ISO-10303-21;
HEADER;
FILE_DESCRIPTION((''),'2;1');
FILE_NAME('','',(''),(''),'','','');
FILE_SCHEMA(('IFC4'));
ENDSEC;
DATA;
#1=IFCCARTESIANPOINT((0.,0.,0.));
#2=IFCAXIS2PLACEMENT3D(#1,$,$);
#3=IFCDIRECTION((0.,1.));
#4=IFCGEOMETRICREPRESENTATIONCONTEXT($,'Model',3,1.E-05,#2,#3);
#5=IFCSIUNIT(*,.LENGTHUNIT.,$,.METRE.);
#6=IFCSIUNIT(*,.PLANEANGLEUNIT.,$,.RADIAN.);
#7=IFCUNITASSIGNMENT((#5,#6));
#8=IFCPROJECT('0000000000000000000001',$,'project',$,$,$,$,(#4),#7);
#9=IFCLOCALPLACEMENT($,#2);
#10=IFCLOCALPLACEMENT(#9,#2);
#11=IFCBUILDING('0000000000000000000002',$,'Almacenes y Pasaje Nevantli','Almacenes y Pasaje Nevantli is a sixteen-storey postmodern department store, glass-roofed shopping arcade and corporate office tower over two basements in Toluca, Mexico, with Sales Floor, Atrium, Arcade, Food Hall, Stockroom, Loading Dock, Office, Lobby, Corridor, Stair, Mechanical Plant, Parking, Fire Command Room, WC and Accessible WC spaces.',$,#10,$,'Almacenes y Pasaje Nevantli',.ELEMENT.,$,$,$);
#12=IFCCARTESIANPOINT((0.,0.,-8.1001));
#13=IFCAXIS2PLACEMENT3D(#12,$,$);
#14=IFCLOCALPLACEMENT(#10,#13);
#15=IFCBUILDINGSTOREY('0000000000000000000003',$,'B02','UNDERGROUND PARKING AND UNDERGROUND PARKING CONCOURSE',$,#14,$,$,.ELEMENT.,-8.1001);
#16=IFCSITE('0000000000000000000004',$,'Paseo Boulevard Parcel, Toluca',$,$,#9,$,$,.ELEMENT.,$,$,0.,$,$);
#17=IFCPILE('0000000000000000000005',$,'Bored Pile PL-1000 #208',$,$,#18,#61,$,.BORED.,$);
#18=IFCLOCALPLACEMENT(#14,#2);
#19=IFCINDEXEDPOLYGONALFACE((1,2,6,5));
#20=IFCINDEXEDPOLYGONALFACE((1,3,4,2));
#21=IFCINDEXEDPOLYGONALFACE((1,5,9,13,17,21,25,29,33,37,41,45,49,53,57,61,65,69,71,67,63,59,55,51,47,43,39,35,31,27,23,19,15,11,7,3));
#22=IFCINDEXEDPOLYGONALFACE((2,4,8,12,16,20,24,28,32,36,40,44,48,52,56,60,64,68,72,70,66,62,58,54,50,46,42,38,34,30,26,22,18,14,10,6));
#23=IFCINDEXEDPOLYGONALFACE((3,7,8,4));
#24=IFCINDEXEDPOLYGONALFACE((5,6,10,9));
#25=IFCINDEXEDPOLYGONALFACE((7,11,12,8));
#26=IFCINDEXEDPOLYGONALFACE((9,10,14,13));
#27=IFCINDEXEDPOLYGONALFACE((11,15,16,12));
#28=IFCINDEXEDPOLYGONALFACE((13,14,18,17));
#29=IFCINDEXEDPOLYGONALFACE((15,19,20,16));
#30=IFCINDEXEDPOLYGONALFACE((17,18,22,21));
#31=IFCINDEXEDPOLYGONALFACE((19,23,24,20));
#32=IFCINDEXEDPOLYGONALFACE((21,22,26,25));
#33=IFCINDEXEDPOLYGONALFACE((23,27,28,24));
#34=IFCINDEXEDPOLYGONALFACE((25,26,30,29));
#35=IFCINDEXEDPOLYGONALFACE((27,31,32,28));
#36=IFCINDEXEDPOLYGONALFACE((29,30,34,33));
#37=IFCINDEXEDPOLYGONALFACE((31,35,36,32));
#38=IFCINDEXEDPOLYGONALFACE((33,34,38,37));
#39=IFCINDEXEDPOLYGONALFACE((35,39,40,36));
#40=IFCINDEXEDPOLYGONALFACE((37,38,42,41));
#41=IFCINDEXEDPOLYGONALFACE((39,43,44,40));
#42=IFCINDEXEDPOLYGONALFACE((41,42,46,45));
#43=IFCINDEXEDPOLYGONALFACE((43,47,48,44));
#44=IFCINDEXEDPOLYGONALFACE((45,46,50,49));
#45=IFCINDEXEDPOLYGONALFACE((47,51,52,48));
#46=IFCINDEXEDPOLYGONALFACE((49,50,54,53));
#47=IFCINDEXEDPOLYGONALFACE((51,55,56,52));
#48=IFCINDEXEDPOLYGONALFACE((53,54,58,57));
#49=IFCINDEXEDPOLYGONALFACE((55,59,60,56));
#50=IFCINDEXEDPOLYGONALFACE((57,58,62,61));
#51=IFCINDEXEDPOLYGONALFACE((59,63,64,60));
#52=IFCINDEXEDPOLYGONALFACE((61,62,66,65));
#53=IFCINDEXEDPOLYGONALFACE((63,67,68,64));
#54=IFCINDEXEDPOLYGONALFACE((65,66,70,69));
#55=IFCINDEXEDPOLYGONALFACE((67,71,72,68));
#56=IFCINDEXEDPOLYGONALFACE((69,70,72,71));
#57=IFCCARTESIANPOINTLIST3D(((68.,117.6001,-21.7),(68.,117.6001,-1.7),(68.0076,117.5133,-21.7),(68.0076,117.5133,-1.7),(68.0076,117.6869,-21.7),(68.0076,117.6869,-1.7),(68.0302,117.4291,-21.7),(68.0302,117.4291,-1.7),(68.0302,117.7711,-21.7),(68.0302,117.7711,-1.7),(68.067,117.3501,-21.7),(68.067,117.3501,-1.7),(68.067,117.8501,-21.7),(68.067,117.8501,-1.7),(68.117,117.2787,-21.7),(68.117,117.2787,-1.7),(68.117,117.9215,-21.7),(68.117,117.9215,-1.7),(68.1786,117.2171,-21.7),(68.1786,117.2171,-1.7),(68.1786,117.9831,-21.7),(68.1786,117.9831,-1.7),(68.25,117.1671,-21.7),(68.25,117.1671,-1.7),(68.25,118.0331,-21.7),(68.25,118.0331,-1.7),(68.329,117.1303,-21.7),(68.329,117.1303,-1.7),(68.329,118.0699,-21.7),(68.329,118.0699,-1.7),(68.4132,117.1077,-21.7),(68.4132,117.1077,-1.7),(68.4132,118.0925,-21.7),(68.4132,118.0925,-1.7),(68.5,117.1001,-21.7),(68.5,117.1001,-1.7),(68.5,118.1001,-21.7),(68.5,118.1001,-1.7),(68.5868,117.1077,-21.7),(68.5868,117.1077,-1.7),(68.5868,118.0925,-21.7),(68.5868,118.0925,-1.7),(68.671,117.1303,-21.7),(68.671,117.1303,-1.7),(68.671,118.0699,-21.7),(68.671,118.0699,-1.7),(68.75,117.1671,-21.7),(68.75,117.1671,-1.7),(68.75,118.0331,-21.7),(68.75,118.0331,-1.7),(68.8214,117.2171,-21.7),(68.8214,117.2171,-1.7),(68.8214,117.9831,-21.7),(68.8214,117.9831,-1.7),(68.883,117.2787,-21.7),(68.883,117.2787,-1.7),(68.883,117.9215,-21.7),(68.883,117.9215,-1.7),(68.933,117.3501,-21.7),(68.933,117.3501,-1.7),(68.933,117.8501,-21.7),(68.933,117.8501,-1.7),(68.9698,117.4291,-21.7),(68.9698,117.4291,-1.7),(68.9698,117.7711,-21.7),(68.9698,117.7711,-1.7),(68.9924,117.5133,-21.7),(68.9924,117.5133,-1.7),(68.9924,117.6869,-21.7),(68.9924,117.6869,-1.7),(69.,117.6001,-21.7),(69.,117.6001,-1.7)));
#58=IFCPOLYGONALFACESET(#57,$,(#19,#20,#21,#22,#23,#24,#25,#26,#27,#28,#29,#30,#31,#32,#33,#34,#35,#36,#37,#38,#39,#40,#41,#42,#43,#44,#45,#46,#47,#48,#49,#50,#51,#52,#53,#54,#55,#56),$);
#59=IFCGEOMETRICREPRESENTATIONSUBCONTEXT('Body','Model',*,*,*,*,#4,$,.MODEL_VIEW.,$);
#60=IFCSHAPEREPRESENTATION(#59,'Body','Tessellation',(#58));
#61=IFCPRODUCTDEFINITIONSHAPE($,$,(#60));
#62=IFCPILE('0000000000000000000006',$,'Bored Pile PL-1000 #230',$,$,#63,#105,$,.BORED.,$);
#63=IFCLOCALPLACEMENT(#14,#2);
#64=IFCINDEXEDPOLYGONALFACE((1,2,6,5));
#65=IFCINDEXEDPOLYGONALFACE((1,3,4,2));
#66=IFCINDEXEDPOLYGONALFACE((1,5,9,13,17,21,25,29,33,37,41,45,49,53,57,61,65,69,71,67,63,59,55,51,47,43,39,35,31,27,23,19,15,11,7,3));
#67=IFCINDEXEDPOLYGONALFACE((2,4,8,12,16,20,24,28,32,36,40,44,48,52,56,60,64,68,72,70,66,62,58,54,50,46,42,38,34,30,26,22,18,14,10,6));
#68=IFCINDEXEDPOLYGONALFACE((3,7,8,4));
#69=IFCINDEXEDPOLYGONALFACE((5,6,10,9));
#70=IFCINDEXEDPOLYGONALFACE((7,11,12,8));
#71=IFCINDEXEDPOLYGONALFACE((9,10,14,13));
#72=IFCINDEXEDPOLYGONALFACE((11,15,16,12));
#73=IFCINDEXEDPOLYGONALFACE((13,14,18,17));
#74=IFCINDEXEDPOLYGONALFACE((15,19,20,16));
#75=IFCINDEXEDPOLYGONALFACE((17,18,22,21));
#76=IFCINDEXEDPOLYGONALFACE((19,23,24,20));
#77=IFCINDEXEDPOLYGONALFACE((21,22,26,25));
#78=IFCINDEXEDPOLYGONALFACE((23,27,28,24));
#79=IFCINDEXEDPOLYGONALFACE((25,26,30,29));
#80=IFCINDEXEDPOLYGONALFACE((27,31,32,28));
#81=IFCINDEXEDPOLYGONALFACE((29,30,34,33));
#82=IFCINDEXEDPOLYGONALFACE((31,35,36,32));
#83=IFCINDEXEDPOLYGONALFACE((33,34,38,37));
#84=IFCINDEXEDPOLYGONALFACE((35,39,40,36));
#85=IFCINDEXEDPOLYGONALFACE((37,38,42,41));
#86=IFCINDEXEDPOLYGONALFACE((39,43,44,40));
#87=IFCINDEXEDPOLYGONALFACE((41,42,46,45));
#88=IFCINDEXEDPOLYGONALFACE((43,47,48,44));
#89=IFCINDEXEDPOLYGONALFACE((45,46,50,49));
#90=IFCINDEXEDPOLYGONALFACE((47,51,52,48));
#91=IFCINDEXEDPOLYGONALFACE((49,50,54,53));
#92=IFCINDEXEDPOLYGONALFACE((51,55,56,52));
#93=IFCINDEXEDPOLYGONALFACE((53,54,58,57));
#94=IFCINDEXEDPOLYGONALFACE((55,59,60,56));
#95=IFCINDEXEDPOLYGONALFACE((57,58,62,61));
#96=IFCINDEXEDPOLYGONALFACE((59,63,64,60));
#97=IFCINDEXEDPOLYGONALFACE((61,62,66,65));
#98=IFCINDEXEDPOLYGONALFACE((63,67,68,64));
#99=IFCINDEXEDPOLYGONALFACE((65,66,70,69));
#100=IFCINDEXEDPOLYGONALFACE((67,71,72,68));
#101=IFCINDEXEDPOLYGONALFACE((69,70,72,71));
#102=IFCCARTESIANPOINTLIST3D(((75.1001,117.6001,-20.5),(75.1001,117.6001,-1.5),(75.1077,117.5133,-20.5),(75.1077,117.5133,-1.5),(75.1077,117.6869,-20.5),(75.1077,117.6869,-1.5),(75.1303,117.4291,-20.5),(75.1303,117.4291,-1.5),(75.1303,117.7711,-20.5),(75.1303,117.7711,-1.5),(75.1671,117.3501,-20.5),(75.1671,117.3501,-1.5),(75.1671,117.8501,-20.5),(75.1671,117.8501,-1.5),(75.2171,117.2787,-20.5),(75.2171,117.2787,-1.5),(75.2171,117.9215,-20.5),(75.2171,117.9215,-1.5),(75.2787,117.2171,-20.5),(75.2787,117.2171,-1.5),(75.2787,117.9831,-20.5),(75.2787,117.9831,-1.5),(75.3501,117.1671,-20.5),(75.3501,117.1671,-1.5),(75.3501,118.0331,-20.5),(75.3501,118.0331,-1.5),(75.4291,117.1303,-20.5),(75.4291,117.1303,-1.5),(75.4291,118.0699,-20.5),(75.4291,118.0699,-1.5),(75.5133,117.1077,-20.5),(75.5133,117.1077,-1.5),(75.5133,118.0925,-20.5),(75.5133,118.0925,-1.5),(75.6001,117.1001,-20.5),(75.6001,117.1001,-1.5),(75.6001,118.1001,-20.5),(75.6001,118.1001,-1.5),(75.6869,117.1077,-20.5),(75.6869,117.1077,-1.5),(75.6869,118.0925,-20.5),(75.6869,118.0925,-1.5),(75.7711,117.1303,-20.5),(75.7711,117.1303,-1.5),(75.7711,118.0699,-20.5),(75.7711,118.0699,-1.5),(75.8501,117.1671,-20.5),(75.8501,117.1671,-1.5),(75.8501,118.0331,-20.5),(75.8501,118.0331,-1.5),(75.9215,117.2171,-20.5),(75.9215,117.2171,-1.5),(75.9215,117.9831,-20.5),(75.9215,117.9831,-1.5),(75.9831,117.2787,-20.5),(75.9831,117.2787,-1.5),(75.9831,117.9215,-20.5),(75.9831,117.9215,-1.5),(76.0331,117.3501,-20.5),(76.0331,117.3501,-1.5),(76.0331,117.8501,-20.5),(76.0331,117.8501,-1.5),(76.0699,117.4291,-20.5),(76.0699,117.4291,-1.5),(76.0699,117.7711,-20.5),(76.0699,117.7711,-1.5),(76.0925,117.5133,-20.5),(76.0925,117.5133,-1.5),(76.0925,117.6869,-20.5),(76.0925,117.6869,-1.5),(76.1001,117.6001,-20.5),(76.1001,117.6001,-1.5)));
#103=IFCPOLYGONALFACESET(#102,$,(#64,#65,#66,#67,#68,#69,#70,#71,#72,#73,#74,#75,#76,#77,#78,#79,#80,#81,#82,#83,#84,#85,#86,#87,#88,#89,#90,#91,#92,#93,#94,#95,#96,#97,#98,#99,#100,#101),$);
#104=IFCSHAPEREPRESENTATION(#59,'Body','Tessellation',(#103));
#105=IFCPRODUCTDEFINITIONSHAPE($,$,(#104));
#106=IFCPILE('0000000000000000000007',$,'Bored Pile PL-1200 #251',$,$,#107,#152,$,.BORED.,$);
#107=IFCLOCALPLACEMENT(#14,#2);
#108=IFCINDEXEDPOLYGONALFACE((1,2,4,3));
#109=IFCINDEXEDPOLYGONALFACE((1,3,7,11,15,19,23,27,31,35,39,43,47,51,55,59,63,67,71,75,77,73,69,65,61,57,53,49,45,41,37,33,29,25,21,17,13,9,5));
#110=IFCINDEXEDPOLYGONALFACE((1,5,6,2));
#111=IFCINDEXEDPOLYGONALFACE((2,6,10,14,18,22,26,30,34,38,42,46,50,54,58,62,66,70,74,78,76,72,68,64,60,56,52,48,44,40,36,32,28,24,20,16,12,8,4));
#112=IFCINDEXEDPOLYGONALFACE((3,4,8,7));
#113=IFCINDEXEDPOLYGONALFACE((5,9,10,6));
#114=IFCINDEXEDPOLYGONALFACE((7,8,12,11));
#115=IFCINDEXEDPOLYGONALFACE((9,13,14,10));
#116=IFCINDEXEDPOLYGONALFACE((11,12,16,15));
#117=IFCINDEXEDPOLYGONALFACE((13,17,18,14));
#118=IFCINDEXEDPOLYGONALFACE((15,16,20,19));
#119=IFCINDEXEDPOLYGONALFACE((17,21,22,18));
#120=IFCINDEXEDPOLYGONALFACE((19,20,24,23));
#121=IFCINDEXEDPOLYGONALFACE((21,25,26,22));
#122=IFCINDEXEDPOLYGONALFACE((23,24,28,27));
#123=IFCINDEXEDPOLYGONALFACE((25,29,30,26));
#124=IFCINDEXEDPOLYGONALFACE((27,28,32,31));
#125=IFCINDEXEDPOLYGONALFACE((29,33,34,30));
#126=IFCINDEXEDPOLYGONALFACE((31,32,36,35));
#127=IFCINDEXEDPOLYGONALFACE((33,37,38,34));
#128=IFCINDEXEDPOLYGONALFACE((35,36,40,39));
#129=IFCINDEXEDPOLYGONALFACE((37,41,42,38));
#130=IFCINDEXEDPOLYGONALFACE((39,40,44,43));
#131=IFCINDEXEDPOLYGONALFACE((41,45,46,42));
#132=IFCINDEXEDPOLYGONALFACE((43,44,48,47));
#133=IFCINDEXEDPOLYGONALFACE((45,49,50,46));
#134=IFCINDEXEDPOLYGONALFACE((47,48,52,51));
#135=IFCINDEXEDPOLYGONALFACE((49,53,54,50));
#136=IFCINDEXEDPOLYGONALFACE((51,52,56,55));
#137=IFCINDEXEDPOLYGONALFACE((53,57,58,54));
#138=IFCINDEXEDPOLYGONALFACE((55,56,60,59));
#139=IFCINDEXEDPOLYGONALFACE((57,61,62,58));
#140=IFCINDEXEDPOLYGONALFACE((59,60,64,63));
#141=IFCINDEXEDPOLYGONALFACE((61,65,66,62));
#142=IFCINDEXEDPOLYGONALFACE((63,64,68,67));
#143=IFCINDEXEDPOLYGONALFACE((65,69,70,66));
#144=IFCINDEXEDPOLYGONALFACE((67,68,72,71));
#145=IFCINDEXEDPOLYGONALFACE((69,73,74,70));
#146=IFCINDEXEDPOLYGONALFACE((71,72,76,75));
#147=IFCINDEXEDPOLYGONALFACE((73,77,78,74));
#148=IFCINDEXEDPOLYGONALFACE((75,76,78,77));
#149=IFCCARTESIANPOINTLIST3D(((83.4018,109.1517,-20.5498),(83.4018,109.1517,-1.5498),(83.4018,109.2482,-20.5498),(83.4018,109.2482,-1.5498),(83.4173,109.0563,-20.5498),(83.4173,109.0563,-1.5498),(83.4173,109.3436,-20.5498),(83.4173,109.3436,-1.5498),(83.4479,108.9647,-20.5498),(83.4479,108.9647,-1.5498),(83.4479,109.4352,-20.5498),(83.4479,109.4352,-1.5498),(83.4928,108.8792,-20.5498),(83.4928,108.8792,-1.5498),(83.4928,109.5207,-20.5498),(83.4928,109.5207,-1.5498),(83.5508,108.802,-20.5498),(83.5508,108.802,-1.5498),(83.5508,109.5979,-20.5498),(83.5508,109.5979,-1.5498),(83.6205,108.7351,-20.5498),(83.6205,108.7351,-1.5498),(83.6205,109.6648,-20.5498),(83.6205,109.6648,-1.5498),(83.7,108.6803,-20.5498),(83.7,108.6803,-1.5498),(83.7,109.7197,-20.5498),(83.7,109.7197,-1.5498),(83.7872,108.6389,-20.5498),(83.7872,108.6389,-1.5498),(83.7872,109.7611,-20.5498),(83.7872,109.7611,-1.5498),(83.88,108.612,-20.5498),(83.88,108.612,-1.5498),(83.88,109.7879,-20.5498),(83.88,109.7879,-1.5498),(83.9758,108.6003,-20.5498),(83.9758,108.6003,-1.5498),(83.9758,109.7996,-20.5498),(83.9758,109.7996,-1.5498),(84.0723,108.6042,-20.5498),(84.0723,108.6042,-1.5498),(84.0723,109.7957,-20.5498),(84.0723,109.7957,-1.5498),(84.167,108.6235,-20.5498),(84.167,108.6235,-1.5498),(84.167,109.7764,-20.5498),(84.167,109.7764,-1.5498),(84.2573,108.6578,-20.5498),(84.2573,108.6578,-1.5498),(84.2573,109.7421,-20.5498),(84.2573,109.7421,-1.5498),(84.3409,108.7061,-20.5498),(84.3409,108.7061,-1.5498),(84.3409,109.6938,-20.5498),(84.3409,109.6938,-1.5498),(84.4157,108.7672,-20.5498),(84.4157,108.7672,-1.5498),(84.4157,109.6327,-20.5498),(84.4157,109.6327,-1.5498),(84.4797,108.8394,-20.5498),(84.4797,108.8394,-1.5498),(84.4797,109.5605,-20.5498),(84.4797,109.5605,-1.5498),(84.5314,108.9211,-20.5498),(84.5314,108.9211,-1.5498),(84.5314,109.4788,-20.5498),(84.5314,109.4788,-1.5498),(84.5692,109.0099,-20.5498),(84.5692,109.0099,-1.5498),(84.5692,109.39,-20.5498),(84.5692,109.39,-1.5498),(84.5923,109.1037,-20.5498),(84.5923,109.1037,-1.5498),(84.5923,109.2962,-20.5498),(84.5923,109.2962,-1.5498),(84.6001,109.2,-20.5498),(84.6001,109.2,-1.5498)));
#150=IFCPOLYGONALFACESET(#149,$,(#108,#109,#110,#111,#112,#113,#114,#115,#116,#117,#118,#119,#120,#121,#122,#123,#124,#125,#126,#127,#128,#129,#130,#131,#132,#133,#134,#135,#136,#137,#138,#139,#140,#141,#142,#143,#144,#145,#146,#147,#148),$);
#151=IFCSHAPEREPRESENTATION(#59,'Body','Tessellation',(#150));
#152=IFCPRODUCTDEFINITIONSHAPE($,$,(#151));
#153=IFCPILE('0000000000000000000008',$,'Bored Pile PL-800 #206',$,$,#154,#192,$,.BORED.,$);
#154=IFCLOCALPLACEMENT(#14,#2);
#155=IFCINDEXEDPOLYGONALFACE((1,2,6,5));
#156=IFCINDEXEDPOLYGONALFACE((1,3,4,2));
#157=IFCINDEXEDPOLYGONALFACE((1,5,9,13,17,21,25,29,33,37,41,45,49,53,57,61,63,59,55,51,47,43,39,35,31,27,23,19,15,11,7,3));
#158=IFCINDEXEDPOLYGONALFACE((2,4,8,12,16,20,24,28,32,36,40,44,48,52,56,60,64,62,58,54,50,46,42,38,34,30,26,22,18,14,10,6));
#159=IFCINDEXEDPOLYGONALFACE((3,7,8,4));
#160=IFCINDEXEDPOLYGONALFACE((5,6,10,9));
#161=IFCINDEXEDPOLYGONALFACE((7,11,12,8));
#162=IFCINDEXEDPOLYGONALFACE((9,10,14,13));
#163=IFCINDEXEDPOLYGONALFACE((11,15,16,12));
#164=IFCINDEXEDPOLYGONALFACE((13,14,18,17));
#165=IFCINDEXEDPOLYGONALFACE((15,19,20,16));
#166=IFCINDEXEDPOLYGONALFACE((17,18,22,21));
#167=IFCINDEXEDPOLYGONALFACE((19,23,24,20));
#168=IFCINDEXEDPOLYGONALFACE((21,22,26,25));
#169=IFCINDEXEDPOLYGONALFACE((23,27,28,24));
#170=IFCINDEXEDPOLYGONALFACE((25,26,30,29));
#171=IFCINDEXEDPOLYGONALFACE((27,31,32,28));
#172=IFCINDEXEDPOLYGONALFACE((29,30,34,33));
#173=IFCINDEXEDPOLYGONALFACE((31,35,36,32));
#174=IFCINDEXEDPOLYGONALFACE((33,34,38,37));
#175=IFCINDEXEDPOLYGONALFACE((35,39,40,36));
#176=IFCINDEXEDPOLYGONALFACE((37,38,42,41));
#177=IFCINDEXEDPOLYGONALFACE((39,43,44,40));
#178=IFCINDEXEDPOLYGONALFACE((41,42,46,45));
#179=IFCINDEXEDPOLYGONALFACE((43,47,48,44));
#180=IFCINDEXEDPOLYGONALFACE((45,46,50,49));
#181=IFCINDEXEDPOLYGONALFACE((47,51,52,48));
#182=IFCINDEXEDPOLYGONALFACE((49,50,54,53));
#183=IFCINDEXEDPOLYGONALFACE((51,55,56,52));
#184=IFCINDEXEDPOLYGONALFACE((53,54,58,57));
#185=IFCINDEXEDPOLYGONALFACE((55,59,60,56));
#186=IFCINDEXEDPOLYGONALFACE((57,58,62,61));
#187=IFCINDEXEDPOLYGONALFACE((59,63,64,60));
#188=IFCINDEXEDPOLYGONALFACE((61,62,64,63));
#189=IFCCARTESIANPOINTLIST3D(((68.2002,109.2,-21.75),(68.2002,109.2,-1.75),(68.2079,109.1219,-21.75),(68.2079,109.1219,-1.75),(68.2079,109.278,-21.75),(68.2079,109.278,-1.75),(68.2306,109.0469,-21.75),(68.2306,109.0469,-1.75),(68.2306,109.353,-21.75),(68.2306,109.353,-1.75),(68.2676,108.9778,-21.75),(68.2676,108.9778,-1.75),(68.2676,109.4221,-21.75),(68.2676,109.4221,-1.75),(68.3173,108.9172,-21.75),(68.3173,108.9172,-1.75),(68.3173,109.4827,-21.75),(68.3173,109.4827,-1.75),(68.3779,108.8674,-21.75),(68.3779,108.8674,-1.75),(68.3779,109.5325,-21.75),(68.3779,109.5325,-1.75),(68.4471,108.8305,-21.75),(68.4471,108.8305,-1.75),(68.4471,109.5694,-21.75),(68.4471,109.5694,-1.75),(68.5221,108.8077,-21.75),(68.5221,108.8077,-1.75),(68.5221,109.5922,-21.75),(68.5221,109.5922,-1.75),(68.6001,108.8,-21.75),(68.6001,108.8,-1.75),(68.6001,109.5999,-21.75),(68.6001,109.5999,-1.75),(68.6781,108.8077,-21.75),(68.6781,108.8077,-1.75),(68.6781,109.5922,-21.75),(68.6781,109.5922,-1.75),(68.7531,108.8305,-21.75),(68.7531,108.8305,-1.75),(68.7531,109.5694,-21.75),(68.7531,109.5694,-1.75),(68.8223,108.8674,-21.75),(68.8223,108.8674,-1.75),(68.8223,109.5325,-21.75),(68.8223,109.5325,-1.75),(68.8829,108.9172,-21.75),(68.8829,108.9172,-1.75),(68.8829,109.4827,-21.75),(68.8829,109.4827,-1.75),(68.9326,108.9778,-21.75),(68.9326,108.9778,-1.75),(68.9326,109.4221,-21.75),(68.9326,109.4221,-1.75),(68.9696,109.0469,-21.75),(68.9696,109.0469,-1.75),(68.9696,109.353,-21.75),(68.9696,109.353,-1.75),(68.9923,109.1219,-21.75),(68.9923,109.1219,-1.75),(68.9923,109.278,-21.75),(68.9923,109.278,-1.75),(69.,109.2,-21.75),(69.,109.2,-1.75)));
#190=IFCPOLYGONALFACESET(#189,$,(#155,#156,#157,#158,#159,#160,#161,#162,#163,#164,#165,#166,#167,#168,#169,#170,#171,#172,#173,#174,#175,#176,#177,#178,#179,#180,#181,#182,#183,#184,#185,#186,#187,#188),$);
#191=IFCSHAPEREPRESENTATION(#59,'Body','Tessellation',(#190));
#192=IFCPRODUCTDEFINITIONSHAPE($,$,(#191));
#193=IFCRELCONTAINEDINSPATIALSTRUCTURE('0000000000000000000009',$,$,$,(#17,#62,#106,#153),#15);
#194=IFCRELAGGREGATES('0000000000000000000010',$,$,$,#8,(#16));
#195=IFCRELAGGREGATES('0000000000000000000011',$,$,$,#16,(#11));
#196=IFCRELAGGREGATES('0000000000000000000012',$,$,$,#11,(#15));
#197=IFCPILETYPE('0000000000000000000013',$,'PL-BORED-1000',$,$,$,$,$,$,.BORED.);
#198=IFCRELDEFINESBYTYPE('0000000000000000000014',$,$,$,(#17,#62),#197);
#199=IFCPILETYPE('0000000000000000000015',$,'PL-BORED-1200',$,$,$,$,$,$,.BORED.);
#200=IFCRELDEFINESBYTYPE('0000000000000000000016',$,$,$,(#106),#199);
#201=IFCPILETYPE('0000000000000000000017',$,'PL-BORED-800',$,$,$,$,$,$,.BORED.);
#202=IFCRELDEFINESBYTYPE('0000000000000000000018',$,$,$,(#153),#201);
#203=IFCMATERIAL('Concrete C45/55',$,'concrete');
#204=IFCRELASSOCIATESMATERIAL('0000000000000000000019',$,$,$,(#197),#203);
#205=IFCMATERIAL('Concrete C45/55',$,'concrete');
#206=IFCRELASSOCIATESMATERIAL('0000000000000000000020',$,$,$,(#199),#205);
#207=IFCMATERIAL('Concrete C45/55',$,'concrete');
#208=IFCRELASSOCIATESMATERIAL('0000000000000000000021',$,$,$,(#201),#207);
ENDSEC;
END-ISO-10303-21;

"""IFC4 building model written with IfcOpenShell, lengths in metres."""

from ifc_helpers import new_model, si_unit, direction, frame, origin, origin_2d, place, context, subcontext, project, spatial, circle, extrude, material, material_profile, profile_set, type_object, element, save


model = new_model("IFC4")

# Units and contexts
model_context = context("Model", 3, precision=1e-05, world=origin(), true_north=direction((0.0, 1.0)))
body_context = subcontext(model_context, "Body", "Model", "MODEL_VIEW")
ifc_project = project(units=[si_unit("LENGTHUNIT", "METRE"), si_unit("PLANEANGLEUNIT", "RADIAN")], contexts=[model_context])

# Site, building, storey
site_placement = place(None, origin())
site = spatial("IfcSite", under=ifc_project, at=site_placement, Name="Paseo Boulevard Parcel, Toluca", CompositionType="ELEMENT", RefElevation=0.0)
building_placement = place(site_placement, origin())
building = spatial("IfcBuilding", under=site, at=building_placement, Name="Almacenes y Pasaje Nevantli", Description="Almacenes y Pasaje Nevantli is a sixteen-storey postmodern department store, glass-roofed shopping arcade and corporate office tower over two basements in Toluca, Mexico, with Sales Floor, Atrium, Arcade, Food Hall, Stockroom, Loading Dock, Office, Lobby, Corridor, Stair, Mechanical Plant, Parking, Fire Command Room, WC and Accessible WC spaces.", LongName="Almacenes y Pasaje Nevantli", CompositionType="ELEMENT")
storey_placement = place(building_placement, frame((0.0, 0.0, -8.1001)))
storey = spatial("IfcBuildingStorey", under=building, at=storey_placement, Name="B02", Description="UNDERGROUND PARKING AND UNDERGROUND PARKING CONCOURSE", CompositionType="ELEMENT", Elevation=-8.1001)

# Piles
ifc_material_1 = material(Name="Concrete C45/55", Category="concrete")
ifc_material_profile_1 = material_profile(ifc_material_1, circle(Radius=0.5, at=origin_2d()), Name="RC-PILE-D1000")
ifc_profile_set_1 = profile_set([ifc_material_profile_1], Name="Concrete C45/55")
pile_type_1 = type_object("IfcPileType", Name="PL-BORED-1000", PredefinedType="BORED", material=ifc_profile_set_1)
for number, where, z_axis, x_axis, name in (
    (1, (68.5, 117.6001, -1.7), (0.0, 0.0, -1.0), (1.0, 0.0, 0.0), "Bored Pile PL-1000 #208"),
):
    element("IfcPile", number, at=place(storey_placement, frame(where, z_axis=z_axis, x_axis=x_axis)), inside=storey, type_object=pile_type_1, Name=name, PredefinedType="BORED", context=body_context, shape_type="SweptSolid", body=[
        extrude(circle(Radius=0.5, at=origin_2d()), origin(), (0.0, 0.0, 1.0), 20.0),
    ])
pile_1_placement = place(storey_placement, frame((75.6001, 117.6001, -1.5), z_axis=(0.0, 0.0, -1.0), x_axis=(1.0, 0.0, 0.0)))
element("IfcPile", 2, at=pile_1_placement, inside=storey, type_object=pile_type_1, Name="Bored Pile PL-1000 #230", PredefinedType="BORED", context=body_context, shape_type="SweptSolid", body=[
    extrude(circle(Radius=0.5, at=origin_2d()), origin(), (0.0, 0.0, 1.0), 19.0),
])
ifc_material_2 = material(Name="Concrete C45/55", Category="concrete")
ifc_material_profile_2 = material_profile(ifc_material_2, circle(Radius=0.6001, at=origin_2d()), Name="RC-PILE-D1200")
ifc_profile_set_2 = profile_set([ifc_material_profile_2], Name="Concrete C45/55")
pile_type_2 = type_object("IfcPileType", Name="PL-BORED-1200", PredefinedType="BORED", material=ifc_profile_set_2)
pile_2_placement = place(storey_placement, frame((84.0, 109.2, -1.5498), z_axis=(0.0, 0.0, -1.0), x_axis=(1.0, 0.0, 0.0)))
element("IfcPile", 3, at=pile_2_placement, inside=storey, type_object=pile_type_2, Name="Bored Pile PL-1200 #251", PredefinedType="BORED", context=body_context, shape_type="SweptSolid", body=[
    extrude(circle(Radius=0.6001, at=origin_2d()), origin(), (0.0, 0.0, 1.0), 19.0),
])
ifc_material_3 = material(Name="Concrete C45/55", Category="concrete")
ifc_material_profile_3 = material_profile(ifc_material_3, circle(Radius=0.3999, at=origin_2d()), Name="RC-PILE-D800")
ifc_profile_set_3 = profile_set([ifc_material_profile_3], Name="Concrete C45/55")
pile_type_3 = type_object("IfcPileType", Name="PL-BORED-800", PredefinedType="BORED", material=ifc_profile_set_3)
pile_3_placement = place(storey_placement, frame((68.6001, 109.2, -1.75), z_axis=(0.0, 0.0, -1.0), x_axis=(1.0, 0.0, 0.0)))
element("IfcPile", 4, at=pile_3_placement, inside=storey, type_object=pile_type_3, Name="Bored Pile PL-800 #206", PredefinedType="BORED", context=body_context, shape_type="SweptSolid", body=[
    extrude(circle(Radius=0.3999, at=origin_2d()), origin(), (0.0, 0.0, 1.0), 20.0),
])

save(model, "model.ifc")
